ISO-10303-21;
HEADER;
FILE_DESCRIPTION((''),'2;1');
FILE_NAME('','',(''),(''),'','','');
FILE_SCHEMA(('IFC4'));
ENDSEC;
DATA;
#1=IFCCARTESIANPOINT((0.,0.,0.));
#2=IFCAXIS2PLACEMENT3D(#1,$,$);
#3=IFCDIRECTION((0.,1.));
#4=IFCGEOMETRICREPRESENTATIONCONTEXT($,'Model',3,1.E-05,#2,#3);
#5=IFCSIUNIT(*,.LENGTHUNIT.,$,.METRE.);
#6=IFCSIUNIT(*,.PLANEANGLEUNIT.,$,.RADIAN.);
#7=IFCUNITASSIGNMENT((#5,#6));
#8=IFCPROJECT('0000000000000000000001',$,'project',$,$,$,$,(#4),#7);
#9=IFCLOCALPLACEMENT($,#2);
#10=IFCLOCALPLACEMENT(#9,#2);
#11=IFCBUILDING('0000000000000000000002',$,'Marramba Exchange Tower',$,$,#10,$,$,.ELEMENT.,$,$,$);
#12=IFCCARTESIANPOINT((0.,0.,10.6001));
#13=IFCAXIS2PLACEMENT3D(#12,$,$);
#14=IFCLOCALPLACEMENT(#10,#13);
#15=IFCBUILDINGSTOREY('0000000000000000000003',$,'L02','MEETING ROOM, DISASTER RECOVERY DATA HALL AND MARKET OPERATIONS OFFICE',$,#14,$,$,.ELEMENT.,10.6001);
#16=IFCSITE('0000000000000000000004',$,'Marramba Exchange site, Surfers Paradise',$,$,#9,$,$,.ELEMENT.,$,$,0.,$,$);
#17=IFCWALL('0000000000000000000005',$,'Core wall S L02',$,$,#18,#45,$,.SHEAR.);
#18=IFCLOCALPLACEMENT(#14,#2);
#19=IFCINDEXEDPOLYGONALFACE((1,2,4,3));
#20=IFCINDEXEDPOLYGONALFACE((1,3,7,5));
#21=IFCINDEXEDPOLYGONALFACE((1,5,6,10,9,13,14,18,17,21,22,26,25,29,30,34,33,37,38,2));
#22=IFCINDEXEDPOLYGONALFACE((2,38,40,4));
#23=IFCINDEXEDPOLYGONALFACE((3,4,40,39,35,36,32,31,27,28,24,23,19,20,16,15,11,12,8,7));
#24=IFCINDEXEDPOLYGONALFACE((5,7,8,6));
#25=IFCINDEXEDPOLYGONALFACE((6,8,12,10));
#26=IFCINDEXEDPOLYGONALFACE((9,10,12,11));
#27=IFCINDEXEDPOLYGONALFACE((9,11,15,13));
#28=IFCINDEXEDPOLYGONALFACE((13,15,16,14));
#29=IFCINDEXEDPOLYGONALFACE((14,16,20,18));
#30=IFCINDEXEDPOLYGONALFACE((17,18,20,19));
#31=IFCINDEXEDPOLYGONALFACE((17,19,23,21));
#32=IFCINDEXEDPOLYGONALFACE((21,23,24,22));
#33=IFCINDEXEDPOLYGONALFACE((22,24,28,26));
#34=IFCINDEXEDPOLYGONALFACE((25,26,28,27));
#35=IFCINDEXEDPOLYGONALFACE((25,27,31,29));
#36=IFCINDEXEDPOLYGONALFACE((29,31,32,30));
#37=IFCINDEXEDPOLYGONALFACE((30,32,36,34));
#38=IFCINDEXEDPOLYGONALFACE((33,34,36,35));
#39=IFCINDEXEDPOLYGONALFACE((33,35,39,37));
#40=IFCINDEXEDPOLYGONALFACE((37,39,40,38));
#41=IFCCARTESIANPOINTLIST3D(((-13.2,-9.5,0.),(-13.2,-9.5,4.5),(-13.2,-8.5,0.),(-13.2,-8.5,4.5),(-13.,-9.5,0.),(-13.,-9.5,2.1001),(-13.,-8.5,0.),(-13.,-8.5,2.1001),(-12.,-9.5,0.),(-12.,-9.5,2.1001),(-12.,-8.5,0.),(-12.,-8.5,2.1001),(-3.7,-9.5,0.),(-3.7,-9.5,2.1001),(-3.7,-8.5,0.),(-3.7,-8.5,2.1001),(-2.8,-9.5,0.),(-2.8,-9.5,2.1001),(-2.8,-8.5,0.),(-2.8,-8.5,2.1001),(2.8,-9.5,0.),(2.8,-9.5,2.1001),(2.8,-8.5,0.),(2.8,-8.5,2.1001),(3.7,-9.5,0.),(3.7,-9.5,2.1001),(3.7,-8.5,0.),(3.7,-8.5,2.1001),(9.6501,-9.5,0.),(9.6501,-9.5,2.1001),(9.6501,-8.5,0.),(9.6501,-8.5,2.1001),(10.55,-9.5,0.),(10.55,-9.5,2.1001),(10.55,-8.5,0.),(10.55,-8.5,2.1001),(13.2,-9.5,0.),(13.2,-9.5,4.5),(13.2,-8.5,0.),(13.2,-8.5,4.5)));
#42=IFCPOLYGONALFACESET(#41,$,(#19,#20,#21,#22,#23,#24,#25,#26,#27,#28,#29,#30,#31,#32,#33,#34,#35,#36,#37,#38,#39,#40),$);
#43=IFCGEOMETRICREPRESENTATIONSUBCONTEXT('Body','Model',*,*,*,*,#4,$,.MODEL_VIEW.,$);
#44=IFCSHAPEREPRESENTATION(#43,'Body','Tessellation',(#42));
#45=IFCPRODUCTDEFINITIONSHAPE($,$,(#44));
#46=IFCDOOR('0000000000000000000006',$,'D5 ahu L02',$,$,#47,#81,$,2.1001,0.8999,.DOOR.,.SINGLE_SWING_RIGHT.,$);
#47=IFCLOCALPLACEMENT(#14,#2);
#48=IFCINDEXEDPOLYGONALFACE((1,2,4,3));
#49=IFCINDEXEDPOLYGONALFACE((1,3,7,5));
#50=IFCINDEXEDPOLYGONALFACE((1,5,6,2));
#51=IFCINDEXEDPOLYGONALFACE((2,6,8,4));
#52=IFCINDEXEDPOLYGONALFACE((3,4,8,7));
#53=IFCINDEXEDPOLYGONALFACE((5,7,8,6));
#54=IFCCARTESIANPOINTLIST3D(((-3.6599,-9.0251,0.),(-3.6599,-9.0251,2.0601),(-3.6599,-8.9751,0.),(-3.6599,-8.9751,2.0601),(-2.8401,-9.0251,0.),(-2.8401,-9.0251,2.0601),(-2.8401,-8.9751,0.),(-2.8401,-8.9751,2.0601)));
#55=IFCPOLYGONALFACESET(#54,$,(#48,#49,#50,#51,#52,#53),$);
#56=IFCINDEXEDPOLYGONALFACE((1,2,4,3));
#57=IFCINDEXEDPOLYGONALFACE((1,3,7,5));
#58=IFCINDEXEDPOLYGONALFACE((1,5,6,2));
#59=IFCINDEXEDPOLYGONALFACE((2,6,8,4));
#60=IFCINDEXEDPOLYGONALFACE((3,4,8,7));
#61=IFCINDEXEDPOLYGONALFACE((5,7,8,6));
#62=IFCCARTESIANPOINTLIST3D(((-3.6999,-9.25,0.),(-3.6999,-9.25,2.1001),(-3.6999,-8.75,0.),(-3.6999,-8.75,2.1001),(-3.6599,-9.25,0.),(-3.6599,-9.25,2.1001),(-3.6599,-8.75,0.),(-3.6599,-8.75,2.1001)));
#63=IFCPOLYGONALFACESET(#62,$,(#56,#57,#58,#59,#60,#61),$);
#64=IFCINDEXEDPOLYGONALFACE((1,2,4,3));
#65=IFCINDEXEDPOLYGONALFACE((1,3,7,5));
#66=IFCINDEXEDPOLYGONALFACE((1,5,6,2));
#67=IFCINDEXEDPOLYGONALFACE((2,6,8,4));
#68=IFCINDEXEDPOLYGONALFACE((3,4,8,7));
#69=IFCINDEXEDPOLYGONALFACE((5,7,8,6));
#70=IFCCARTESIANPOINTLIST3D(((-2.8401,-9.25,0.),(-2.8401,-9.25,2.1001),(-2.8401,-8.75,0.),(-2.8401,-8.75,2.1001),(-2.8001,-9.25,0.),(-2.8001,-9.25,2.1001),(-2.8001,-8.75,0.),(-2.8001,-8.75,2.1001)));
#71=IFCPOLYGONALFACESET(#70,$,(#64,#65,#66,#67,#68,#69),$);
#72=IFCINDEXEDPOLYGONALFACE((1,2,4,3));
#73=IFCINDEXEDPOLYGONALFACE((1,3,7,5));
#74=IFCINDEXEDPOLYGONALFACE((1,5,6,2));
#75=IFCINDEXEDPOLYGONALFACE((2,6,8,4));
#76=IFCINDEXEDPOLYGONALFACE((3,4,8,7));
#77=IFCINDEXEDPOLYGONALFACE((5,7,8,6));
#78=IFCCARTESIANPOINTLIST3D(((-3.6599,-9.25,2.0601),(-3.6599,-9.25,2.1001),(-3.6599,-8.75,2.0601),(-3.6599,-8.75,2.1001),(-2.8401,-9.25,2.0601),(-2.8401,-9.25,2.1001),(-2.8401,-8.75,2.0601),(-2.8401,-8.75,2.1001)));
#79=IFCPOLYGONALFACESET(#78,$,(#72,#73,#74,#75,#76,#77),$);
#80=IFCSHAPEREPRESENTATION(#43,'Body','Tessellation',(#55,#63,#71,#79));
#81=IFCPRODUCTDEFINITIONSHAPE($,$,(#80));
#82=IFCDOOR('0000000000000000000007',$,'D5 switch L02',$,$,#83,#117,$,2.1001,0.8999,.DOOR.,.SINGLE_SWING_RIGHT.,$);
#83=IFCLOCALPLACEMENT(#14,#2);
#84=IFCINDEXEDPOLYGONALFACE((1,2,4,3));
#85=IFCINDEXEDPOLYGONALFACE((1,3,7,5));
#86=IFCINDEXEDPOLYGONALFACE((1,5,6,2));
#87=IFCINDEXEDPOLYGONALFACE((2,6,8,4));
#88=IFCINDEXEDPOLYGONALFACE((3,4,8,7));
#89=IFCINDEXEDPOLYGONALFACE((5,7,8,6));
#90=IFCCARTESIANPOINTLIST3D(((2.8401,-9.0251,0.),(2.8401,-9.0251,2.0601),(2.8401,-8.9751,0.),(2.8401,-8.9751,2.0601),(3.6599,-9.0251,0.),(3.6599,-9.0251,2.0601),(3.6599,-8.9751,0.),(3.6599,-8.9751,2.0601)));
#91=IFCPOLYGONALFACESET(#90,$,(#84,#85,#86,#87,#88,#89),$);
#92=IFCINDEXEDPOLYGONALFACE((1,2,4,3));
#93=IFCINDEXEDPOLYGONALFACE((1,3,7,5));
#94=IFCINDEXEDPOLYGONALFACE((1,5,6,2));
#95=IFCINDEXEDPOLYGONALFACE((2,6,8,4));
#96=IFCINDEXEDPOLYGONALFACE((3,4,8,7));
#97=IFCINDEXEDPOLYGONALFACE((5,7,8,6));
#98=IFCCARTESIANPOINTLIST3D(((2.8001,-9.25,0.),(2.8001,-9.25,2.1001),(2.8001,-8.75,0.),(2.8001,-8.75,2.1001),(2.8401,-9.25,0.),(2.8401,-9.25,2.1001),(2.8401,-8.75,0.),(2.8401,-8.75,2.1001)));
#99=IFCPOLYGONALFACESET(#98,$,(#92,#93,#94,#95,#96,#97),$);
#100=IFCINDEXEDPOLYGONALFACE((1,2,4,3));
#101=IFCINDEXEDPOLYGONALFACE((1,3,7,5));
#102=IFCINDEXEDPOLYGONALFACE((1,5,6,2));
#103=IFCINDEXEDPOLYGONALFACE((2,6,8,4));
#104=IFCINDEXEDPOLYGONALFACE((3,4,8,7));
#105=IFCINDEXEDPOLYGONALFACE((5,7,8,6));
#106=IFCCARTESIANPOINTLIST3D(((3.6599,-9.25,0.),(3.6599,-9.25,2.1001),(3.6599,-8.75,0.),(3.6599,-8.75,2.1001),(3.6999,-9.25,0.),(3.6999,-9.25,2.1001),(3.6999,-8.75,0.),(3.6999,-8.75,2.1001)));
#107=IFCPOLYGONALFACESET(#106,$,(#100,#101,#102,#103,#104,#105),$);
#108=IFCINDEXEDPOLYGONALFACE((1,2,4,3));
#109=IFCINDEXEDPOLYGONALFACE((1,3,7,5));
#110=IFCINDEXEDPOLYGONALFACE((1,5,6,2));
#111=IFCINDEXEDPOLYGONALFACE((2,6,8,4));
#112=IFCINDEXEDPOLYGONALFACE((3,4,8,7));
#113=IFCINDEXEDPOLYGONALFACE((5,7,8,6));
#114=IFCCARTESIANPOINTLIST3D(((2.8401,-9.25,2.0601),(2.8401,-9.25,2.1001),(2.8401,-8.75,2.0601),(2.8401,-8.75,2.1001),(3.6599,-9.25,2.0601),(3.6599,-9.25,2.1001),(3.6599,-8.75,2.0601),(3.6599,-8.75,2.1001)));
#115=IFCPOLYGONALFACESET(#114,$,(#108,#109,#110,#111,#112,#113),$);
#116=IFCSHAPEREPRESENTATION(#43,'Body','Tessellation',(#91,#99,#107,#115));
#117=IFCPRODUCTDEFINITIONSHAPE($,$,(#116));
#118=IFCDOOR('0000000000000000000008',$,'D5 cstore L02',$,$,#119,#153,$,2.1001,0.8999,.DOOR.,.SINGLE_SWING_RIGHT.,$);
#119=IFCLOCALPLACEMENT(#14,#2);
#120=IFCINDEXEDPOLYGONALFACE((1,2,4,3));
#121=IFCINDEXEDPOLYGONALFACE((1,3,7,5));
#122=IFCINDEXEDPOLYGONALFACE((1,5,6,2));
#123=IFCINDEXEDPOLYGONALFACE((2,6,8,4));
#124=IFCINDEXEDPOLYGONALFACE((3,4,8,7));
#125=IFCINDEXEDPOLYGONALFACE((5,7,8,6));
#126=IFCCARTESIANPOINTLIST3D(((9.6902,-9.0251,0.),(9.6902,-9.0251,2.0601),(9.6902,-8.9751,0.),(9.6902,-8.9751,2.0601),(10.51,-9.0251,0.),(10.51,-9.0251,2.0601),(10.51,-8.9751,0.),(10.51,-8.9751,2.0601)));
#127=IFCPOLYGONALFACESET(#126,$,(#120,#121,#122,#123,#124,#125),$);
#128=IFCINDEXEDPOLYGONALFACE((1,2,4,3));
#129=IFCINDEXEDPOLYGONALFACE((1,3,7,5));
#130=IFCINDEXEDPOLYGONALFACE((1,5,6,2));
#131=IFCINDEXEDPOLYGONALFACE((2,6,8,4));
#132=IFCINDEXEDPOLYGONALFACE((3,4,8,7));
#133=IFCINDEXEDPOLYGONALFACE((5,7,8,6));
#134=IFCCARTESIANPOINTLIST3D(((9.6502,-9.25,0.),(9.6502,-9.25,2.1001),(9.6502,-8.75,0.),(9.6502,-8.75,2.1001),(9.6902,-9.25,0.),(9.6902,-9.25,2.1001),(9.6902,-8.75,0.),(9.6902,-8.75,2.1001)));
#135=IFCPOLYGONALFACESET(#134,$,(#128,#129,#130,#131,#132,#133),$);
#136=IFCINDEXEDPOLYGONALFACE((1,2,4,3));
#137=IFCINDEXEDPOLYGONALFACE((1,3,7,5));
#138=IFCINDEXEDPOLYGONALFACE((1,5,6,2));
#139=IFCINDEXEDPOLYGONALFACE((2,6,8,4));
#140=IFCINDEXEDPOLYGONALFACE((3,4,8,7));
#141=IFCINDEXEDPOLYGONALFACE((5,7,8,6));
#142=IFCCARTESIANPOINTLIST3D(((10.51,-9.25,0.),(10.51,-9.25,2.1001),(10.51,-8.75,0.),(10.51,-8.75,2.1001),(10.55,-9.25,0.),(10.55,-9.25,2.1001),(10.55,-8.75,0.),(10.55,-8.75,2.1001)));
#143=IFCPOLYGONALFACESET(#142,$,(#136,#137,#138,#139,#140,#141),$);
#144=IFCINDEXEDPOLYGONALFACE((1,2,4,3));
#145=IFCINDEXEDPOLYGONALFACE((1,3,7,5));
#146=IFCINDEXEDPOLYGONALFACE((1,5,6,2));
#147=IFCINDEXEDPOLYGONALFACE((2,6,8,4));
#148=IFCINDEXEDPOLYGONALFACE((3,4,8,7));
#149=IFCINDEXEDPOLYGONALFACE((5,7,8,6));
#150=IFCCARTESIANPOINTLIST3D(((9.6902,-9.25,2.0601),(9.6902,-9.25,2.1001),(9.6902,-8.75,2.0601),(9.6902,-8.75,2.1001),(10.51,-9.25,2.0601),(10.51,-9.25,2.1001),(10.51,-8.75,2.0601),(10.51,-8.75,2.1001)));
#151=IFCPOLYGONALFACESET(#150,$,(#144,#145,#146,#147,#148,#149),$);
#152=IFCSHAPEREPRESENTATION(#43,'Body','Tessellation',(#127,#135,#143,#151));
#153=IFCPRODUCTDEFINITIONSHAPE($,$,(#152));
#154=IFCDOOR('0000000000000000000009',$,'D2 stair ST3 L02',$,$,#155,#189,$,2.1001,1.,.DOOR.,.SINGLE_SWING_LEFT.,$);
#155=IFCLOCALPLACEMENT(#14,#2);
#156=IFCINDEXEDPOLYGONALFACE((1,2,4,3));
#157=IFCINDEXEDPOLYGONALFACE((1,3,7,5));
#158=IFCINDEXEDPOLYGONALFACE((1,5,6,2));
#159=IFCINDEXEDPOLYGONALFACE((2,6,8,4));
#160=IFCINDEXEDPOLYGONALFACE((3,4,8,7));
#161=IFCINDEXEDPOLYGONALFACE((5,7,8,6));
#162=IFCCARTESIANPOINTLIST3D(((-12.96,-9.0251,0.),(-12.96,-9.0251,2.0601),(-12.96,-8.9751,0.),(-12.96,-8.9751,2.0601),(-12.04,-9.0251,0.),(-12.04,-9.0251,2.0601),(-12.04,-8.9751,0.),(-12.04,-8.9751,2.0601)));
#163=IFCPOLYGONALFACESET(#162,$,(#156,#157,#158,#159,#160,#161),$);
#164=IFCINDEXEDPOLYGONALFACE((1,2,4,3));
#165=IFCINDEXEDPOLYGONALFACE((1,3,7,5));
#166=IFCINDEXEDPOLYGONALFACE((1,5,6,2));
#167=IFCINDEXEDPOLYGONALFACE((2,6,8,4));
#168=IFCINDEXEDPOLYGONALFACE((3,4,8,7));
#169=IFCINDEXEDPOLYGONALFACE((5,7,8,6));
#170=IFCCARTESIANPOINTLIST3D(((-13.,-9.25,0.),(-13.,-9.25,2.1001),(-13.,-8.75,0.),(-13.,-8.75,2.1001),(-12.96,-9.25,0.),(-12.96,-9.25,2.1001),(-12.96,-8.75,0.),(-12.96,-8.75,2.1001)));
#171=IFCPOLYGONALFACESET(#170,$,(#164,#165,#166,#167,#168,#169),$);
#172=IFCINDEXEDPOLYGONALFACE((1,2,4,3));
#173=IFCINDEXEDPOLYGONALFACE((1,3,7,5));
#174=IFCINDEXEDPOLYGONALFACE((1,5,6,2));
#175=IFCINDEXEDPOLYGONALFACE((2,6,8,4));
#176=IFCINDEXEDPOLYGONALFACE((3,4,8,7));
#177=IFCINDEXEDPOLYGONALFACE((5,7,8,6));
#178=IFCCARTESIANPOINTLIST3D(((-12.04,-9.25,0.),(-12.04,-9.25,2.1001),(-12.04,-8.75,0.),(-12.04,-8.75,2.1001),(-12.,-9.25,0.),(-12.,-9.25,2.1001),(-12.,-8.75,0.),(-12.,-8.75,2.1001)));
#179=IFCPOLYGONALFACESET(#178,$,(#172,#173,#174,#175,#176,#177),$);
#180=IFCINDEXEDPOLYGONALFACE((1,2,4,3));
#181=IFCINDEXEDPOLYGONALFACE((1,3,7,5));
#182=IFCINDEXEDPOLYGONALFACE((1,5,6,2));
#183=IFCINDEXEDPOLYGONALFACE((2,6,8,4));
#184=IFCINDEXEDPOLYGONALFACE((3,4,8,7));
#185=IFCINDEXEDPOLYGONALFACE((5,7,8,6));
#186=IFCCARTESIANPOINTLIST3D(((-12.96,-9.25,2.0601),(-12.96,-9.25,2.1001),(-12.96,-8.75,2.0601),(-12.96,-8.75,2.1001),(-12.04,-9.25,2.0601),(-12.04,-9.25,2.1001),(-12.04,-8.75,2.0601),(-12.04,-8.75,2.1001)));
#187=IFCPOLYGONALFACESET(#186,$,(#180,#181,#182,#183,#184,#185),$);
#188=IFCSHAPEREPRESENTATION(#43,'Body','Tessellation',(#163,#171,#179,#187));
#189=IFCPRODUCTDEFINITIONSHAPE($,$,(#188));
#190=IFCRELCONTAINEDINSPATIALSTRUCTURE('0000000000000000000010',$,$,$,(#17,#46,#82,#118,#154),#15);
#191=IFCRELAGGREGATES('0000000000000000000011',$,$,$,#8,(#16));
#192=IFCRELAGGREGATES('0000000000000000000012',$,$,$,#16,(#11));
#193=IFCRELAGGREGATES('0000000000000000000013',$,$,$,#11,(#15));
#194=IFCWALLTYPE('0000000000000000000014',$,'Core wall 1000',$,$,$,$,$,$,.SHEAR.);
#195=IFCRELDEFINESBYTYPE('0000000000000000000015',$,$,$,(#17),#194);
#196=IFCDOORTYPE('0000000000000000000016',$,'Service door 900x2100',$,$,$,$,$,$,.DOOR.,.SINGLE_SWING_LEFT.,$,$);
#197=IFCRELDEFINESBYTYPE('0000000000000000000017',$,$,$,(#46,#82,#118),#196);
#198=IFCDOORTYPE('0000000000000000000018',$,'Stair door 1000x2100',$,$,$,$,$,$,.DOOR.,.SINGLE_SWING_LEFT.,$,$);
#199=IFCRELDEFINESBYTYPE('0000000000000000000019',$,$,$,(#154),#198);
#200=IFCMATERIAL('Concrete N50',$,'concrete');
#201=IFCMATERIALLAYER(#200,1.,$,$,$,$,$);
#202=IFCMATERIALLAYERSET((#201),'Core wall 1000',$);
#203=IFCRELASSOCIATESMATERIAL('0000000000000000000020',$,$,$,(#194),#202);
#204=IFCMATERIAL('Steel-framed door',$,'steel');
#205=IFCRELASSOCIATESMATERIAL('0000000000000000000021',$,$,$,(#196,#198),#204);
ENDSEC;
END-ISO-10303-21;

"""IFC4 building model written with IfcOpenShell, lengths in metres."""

from ifc_helpers import new_model, si_unit, direction, frame, frame_2d, origin, place, context, subcontext, project, spatial, rectangle, extrude, material, layer, layer_set, type_object, element, fill, save


model = new_model("IFC4")

# Units and contexts
model_context = context("Model", 3, precision=1e-05, world=origin(), true_north=direction((0.0, 1.0)))
body_context = subcontext(model_context, "Body", "Model", "MODEL_VIEW")
ifc_project = project(units=[si_unit("LENGTHUNIT", "METRE"), si_unit("PLANEANGLEUNIT", "RADIAN")], contexts=[model_context])

# Site, building, storey
site_placement = place(None, origin())
site = spatial("IfcSite", under=ifc_project, at=site_placement, Name="Marramba Exchange site, Surfers Paradise", CompositionType="ELEMENT", RefElevation=0.0)
building_placement = place(site_placement, origin())
building = spatial("IfcBuilding", under=site, at=building_placement, Name="Marramba Exchange Tower", CompositionType="ELEMENT")
storey_placement = place(building_placement, frame((0.0, 0.0, 10.6001)))
storey = spatial("IfcBuildingStorey", under=building, at=storey_placement, Name="L02", Description="MEETING ROOM, DISASTER RECOVERY DATA HALL AND MARKET OPERATIONS OFFICE", CompositionType="ELEMENT", Elevation=10.6001)

# Shared definitions
ifc_material_1 = material(Name="Concrete N50", Category="concrete")

# Wall, openings, doors
ifc_layer_1 = layer(ifc_material_1, 1.0)
ifc_layer_set_1 = layer_set([ifc_layer_1], Name="Core wall 1000")
wall_type_1 = type_object("IfcWallType", Name="Core wall 1000", PredefinedType="SHEAR", material=ifc_layer_set_1)
wall_1_placement = place(storey_placement, frame((-13.2, -9.0, 0.0), z_axis=(0.0, 0.0, 1.0), x_axis=(1.0, 0.0, 0.0)))
wall_1 = element("IfcWall", 1, at=wall_1_placement, inside=storey, type_object=wall_type_1, Name="Core wall S L02", PredefinedType="SHEAR", context=body_context, shape_type="SweptSolid", body=[
    extrude(rectangle(XDim=26.3999, YDim=1.0, at=frame_2d((13.2, 0.0))), origin(), (0.0, 0.0, 1.0), 4.5),
])
opening_1_placement = place(wall_1_placement, frame((0.2, 0.0, 0.0)))
opening_1 = element("IfcOpeningElement", 2, at=opening_1_placement, cuts=wall_1, PredefinedType="OPENING", context=body_context, shape_type="SweptSolid", body=[
    extrude(rectangle(XDim=1.0, YDim=2.1001, at=frame_2d((0.5, 1.05))), frame((0.0, 0.51, 0.0), z_axis=(0.0, -1.0, 0.0), x_axis=(1.0, 0.0, 0.0)), (0.0, 0.0, 1.0), 1.02),
])
opening_2_placement = place(wall_1_placement, frame((9.5, 0.0, 0.0)))
opening_2 = element("IfcOpeningElement", 3, at=opening_2_placement, cuts=wall_1, PredefinedType="OPENING", context=body_context, shape_type="SweptSolid", body=[
    extrude(rectangle(XDim=0.8999, YDim=2.1001, at=frame_2d((0.45, 1.05))), frame((0.0, 0.51, 0.0), z_axis=(0.0, -1.0, 0.0), x_axis=(1.0, 0.0, 0.0)), (0.0, 0.0, 1.0), 1.02),
])
opening_3_placement = place(wall_1_placement, frame((16.0, 0.0, 0.0)))
opening_3 = element("IfcOpeningElement", 4, at=opening_3_placement, cuts=wall_1, PredefinedType="OPENING", context=body_context, shape_type="SweptSolid", body=[
    extrude(rectangle(XDim=0.8999, YDim=2.1001, at=frame_2d((0.45, 1.05))), frame((0.0, 0.51, 0.0), z_axis=(0.0, -1.0, 0.0), x_axis=(1.0, 0.0, 0.0)), (0.0, 0.0, 1.0), 1.02),
])
opening_4_placement = place(wall_1_placement, frame((22.8501, 0.0, 0.0)))
opening_4 = element("IfcOpeningElement", 5, at=opening_4_placement, cuts=wall_1, PredefinedType="OPENING", context=body_context, shape_type="SweptSolid", body=[
    extrude(rectangle(XDim=0.8999, YDim=2.1001, at=frame_2d((0.45, 1.05))), frame((0.0, 0.51, 0.0), z_axis=(0.0, -1.0, 0.0), x_axis=(1.0, 0.0, 0.0)), (0.0, 0.0, 1.0), 1.02),
])
ifc_material_2 = material(Name="Steel-framed door", Category="steel")
door_type_1 = type_object("IfcDoorType", Name="Service door 900x2100", OperationType="SINGLE_SWING_LEFT", PredefinedType="DOOR", material=ifc_material_2)
door_1_placement = place(opening_2_placement, origin())
door_1 = element("IfcDoor", 6, at=door_1_placement, inside=storey, type_object=door_type_1, Name="D5 ahu L02", OperationType="SINGLE_SWING_RIGHT", OverallHeight=2.1001, OverallWidth=0.8999, PredefinedType="DOOR", context=body_context, shape_type="SweptSolid", body=[
    extrude(rectangle(XDim=0.8198, YDim=2.0601, at=frame_2d((0.45, 1.03))), frame((0.0, 0.0249, 0.0), z_axis=(0.0, -1.0, 0.0), x_axis=(1.0, 0.0, 0.0)), (0.0, 0.0, 1.0), 0.05),
    extrude(rectangle(XDim=0.04, YDim=2.1001, at=frame_2d((0.02, 1.05))), frame((0.0, 0.25, 0.0), z_axis=(0.0, -1.0, 0.0), x_axis=(1.0, 0.0, 0.0)), (0.0, 0.0, 1.0), 0.5),
    extrude(rectangle(XDim=0.04, YDim=2.1001, at=frame_2d((0.8799, 1.05))), frame((0.0, 0.25, 0.0), z_axis=(0.0, -1.0, 0.0), x_axis=(1.0, 0.0, 0.0)), (0.0, 0.0, 1.0), 0.5),
    extrude(rectangle(XDim=0.8198, YDim=0.04, at=frame_2d((0.45, 2.0801))), frame((0.0, 0.25, 0.0), z_axis=(0.0, -1.0, 0.0), x_axis=(1.0, 0.0, 0.0)), (0.0, 0.0, 1.0), 0.5),
])
fill(opening_2, door_1)
door_2_placement = place(opening_3_placement, origin())
door_2 = element("IfcDoor", 7, at=door_2_placement, inside=storey, type_object=door_type_1, Name="D5 switch L02", OperationType="SINGLE_SWING_RIGHT", OverallHeight=2.1001, OverallWidth=0.8999, PredefinedType="DOOR", context=body_context, shape_type="SweptSolid", body=[
    extrude(rectangle(XDim=0.8198, YDim=2.0601, at=frame_2d((0.45, 1.03))), frame((0.0, 0.0249, 0.0), z_axis=(0.0, -1.0, 0.0), x_axis=(1.0, 0.0, 0.0)), (0.0, 0.0, 1.0), 0.05),
    extrude(rectangle(XDim=0.04, YDim=2.1001, at=frame_2d((0.02, 1.05))), frame((0.0, 0.25, 0.0), z_axis=(0.0, -1.0, 0.0), x_axis=(1.0, 0.0, 0.0)), (0.0, 0.0, 1.0), 0.5),
    extrude(rectangle(XDim=0.04, YDim=2.1001, at=frame_2d((0.8799, 1.05))), frame((0.0, 0.25, 0.0), z_axis=(0.0, -1.0, 0.0), x_axis=(1.0, 0.0, 0.0)), (0.0, 0.0, 1.0), 0.5),
    extrude(rectangle(XDim=0.8198, YDim=0.04, at=frame_2d((0.45, 2.0801))), frame((0.0, 0.25, 0.0), z_axis=(0.0, -1.0, 0.0), x_axis=(1.0, 0.0, 0.0)), (0.0, 0.0, 1.0), 0.5),
])
fill(opening_3, door_2)
door_3_placement = place(opening_4_placement, origin())
door_3 = element("IfcDoor", 8, at=door_3_placement, inside=storey, type_object=door_type_1, Name="D5 cstore L02", OperationType="SINGLE_SWING_RIGHT", OverallHeight=2.1001, OverallWidth=0.8999, PredefinedType="DOOR", context=body_context, shape_type="SweptSolid", body=[
    extrude(rectangle(XDim=0.8198, YDim=2.0601, at=frame_2d((0.45, 1.03))), frame((0.0, 0.0249, 0.0), z_axis=(0.0, -1.0, 0.0), x_axis=(1.0, 0.0, 0.0)), (0.0, 0.0, 1.0), 0.05),
    extrude(rectangle(XDim=0.04, YDim=2.1001, at=frame_2d((0.02, 1.05))), frame((0.0, 0.25, 0.0), z_axis=(0.0, -1.0, 0.0), x_axis=(1.0, 0.0, 0.0)), (0.0, 0.0, 1.0), 0.5),
    extrude(rectangle(XDim=0.04, YDim=2.1001, at=frame_2d((0.8799, 1.05))), frame((0.0, 0.25, 0.0), z_axis=(0.0, -1.0, 0.0), x_axis=(1.0, 0.0, 0.0)), (0.0, 0.0, 1.0), 0.5),
    extrude(rectangle(XDim=0.8198, YDim=0.04, at=frame_2d((0.45, 2.0801))), frame((0.0, 0.25, 0.0), z_axis=(0.0, -1.0, 0.0), x_axis=(1.0, 0.0, 0.0)), (0.0, 0.0, 1.0), 0.5),
])
fill(opening_4, door_3)
door_type_2 = type_object("IfcDoorType", Name="Stair door 1000x2100", OperationType="SINGLE_SWING_LEFT", PredefinedType="DOOR", material=ifc_material_2)
door_4_placement = place(opening_1_placement, origin())
door_4 = element("IfcDoor", 9, at=door_4_placement, inside=storey, type_object=door_type_2, Name="D2 stair ST3 L02", OperationType="SINGLE_SWING_LEFT", OverallHeight=2.1001, OverallWidth=1.0, PredefinedType="DOOR", context=body_context, shape_type="SweptSolid", body=[
    extrude(rectangle(XDim=0.9199, YDim=2.0601, at=frame_2d((0.5, 1.03))), frame((0.0, 0.0249, 0.0), z_axis=(0.0, -1.0, 0.0), x_axis=(1.0, 0.0, 0.0)), (0.0, 0.0, 1.0), 0.05),
    extrude(rectangle(XDim=0.04, YDim=2.1001, at=frame_2d((0.02, 1.05))), frame((0.0, 0.25, 0.0), z_axis=(0.0, -1.0, 0.0), x_axis=(1.0, 0.0, 0.0)), (0.0, 0.0, 1.0), 0.5),
    extrude(rectangle(XDim=0.04, YDim=2.1001, at=frame_2d((0.98, 1.05))), frame((0.0, 0.25, 0.0), z_axis=(0.0, -1.0, 0.0), x_axis=(1.0, 0.0, 0.0)), (0.0, 0.0, 1.0), 0.5),
    extrude(rectangle(XDim=0.9199, YDim=0.04, at=frame_2d((0.5, 2.0801))), frame((0.0, 0.25, 0.0), z_axis=(0.0, -1.0, 0.0), x_axis=(1.0, 0.0, 0.0)), (0.0, 0.0, 1.0), 0.5),
])
fill(opening_1, door_4)

save(model, "model.ifc")
